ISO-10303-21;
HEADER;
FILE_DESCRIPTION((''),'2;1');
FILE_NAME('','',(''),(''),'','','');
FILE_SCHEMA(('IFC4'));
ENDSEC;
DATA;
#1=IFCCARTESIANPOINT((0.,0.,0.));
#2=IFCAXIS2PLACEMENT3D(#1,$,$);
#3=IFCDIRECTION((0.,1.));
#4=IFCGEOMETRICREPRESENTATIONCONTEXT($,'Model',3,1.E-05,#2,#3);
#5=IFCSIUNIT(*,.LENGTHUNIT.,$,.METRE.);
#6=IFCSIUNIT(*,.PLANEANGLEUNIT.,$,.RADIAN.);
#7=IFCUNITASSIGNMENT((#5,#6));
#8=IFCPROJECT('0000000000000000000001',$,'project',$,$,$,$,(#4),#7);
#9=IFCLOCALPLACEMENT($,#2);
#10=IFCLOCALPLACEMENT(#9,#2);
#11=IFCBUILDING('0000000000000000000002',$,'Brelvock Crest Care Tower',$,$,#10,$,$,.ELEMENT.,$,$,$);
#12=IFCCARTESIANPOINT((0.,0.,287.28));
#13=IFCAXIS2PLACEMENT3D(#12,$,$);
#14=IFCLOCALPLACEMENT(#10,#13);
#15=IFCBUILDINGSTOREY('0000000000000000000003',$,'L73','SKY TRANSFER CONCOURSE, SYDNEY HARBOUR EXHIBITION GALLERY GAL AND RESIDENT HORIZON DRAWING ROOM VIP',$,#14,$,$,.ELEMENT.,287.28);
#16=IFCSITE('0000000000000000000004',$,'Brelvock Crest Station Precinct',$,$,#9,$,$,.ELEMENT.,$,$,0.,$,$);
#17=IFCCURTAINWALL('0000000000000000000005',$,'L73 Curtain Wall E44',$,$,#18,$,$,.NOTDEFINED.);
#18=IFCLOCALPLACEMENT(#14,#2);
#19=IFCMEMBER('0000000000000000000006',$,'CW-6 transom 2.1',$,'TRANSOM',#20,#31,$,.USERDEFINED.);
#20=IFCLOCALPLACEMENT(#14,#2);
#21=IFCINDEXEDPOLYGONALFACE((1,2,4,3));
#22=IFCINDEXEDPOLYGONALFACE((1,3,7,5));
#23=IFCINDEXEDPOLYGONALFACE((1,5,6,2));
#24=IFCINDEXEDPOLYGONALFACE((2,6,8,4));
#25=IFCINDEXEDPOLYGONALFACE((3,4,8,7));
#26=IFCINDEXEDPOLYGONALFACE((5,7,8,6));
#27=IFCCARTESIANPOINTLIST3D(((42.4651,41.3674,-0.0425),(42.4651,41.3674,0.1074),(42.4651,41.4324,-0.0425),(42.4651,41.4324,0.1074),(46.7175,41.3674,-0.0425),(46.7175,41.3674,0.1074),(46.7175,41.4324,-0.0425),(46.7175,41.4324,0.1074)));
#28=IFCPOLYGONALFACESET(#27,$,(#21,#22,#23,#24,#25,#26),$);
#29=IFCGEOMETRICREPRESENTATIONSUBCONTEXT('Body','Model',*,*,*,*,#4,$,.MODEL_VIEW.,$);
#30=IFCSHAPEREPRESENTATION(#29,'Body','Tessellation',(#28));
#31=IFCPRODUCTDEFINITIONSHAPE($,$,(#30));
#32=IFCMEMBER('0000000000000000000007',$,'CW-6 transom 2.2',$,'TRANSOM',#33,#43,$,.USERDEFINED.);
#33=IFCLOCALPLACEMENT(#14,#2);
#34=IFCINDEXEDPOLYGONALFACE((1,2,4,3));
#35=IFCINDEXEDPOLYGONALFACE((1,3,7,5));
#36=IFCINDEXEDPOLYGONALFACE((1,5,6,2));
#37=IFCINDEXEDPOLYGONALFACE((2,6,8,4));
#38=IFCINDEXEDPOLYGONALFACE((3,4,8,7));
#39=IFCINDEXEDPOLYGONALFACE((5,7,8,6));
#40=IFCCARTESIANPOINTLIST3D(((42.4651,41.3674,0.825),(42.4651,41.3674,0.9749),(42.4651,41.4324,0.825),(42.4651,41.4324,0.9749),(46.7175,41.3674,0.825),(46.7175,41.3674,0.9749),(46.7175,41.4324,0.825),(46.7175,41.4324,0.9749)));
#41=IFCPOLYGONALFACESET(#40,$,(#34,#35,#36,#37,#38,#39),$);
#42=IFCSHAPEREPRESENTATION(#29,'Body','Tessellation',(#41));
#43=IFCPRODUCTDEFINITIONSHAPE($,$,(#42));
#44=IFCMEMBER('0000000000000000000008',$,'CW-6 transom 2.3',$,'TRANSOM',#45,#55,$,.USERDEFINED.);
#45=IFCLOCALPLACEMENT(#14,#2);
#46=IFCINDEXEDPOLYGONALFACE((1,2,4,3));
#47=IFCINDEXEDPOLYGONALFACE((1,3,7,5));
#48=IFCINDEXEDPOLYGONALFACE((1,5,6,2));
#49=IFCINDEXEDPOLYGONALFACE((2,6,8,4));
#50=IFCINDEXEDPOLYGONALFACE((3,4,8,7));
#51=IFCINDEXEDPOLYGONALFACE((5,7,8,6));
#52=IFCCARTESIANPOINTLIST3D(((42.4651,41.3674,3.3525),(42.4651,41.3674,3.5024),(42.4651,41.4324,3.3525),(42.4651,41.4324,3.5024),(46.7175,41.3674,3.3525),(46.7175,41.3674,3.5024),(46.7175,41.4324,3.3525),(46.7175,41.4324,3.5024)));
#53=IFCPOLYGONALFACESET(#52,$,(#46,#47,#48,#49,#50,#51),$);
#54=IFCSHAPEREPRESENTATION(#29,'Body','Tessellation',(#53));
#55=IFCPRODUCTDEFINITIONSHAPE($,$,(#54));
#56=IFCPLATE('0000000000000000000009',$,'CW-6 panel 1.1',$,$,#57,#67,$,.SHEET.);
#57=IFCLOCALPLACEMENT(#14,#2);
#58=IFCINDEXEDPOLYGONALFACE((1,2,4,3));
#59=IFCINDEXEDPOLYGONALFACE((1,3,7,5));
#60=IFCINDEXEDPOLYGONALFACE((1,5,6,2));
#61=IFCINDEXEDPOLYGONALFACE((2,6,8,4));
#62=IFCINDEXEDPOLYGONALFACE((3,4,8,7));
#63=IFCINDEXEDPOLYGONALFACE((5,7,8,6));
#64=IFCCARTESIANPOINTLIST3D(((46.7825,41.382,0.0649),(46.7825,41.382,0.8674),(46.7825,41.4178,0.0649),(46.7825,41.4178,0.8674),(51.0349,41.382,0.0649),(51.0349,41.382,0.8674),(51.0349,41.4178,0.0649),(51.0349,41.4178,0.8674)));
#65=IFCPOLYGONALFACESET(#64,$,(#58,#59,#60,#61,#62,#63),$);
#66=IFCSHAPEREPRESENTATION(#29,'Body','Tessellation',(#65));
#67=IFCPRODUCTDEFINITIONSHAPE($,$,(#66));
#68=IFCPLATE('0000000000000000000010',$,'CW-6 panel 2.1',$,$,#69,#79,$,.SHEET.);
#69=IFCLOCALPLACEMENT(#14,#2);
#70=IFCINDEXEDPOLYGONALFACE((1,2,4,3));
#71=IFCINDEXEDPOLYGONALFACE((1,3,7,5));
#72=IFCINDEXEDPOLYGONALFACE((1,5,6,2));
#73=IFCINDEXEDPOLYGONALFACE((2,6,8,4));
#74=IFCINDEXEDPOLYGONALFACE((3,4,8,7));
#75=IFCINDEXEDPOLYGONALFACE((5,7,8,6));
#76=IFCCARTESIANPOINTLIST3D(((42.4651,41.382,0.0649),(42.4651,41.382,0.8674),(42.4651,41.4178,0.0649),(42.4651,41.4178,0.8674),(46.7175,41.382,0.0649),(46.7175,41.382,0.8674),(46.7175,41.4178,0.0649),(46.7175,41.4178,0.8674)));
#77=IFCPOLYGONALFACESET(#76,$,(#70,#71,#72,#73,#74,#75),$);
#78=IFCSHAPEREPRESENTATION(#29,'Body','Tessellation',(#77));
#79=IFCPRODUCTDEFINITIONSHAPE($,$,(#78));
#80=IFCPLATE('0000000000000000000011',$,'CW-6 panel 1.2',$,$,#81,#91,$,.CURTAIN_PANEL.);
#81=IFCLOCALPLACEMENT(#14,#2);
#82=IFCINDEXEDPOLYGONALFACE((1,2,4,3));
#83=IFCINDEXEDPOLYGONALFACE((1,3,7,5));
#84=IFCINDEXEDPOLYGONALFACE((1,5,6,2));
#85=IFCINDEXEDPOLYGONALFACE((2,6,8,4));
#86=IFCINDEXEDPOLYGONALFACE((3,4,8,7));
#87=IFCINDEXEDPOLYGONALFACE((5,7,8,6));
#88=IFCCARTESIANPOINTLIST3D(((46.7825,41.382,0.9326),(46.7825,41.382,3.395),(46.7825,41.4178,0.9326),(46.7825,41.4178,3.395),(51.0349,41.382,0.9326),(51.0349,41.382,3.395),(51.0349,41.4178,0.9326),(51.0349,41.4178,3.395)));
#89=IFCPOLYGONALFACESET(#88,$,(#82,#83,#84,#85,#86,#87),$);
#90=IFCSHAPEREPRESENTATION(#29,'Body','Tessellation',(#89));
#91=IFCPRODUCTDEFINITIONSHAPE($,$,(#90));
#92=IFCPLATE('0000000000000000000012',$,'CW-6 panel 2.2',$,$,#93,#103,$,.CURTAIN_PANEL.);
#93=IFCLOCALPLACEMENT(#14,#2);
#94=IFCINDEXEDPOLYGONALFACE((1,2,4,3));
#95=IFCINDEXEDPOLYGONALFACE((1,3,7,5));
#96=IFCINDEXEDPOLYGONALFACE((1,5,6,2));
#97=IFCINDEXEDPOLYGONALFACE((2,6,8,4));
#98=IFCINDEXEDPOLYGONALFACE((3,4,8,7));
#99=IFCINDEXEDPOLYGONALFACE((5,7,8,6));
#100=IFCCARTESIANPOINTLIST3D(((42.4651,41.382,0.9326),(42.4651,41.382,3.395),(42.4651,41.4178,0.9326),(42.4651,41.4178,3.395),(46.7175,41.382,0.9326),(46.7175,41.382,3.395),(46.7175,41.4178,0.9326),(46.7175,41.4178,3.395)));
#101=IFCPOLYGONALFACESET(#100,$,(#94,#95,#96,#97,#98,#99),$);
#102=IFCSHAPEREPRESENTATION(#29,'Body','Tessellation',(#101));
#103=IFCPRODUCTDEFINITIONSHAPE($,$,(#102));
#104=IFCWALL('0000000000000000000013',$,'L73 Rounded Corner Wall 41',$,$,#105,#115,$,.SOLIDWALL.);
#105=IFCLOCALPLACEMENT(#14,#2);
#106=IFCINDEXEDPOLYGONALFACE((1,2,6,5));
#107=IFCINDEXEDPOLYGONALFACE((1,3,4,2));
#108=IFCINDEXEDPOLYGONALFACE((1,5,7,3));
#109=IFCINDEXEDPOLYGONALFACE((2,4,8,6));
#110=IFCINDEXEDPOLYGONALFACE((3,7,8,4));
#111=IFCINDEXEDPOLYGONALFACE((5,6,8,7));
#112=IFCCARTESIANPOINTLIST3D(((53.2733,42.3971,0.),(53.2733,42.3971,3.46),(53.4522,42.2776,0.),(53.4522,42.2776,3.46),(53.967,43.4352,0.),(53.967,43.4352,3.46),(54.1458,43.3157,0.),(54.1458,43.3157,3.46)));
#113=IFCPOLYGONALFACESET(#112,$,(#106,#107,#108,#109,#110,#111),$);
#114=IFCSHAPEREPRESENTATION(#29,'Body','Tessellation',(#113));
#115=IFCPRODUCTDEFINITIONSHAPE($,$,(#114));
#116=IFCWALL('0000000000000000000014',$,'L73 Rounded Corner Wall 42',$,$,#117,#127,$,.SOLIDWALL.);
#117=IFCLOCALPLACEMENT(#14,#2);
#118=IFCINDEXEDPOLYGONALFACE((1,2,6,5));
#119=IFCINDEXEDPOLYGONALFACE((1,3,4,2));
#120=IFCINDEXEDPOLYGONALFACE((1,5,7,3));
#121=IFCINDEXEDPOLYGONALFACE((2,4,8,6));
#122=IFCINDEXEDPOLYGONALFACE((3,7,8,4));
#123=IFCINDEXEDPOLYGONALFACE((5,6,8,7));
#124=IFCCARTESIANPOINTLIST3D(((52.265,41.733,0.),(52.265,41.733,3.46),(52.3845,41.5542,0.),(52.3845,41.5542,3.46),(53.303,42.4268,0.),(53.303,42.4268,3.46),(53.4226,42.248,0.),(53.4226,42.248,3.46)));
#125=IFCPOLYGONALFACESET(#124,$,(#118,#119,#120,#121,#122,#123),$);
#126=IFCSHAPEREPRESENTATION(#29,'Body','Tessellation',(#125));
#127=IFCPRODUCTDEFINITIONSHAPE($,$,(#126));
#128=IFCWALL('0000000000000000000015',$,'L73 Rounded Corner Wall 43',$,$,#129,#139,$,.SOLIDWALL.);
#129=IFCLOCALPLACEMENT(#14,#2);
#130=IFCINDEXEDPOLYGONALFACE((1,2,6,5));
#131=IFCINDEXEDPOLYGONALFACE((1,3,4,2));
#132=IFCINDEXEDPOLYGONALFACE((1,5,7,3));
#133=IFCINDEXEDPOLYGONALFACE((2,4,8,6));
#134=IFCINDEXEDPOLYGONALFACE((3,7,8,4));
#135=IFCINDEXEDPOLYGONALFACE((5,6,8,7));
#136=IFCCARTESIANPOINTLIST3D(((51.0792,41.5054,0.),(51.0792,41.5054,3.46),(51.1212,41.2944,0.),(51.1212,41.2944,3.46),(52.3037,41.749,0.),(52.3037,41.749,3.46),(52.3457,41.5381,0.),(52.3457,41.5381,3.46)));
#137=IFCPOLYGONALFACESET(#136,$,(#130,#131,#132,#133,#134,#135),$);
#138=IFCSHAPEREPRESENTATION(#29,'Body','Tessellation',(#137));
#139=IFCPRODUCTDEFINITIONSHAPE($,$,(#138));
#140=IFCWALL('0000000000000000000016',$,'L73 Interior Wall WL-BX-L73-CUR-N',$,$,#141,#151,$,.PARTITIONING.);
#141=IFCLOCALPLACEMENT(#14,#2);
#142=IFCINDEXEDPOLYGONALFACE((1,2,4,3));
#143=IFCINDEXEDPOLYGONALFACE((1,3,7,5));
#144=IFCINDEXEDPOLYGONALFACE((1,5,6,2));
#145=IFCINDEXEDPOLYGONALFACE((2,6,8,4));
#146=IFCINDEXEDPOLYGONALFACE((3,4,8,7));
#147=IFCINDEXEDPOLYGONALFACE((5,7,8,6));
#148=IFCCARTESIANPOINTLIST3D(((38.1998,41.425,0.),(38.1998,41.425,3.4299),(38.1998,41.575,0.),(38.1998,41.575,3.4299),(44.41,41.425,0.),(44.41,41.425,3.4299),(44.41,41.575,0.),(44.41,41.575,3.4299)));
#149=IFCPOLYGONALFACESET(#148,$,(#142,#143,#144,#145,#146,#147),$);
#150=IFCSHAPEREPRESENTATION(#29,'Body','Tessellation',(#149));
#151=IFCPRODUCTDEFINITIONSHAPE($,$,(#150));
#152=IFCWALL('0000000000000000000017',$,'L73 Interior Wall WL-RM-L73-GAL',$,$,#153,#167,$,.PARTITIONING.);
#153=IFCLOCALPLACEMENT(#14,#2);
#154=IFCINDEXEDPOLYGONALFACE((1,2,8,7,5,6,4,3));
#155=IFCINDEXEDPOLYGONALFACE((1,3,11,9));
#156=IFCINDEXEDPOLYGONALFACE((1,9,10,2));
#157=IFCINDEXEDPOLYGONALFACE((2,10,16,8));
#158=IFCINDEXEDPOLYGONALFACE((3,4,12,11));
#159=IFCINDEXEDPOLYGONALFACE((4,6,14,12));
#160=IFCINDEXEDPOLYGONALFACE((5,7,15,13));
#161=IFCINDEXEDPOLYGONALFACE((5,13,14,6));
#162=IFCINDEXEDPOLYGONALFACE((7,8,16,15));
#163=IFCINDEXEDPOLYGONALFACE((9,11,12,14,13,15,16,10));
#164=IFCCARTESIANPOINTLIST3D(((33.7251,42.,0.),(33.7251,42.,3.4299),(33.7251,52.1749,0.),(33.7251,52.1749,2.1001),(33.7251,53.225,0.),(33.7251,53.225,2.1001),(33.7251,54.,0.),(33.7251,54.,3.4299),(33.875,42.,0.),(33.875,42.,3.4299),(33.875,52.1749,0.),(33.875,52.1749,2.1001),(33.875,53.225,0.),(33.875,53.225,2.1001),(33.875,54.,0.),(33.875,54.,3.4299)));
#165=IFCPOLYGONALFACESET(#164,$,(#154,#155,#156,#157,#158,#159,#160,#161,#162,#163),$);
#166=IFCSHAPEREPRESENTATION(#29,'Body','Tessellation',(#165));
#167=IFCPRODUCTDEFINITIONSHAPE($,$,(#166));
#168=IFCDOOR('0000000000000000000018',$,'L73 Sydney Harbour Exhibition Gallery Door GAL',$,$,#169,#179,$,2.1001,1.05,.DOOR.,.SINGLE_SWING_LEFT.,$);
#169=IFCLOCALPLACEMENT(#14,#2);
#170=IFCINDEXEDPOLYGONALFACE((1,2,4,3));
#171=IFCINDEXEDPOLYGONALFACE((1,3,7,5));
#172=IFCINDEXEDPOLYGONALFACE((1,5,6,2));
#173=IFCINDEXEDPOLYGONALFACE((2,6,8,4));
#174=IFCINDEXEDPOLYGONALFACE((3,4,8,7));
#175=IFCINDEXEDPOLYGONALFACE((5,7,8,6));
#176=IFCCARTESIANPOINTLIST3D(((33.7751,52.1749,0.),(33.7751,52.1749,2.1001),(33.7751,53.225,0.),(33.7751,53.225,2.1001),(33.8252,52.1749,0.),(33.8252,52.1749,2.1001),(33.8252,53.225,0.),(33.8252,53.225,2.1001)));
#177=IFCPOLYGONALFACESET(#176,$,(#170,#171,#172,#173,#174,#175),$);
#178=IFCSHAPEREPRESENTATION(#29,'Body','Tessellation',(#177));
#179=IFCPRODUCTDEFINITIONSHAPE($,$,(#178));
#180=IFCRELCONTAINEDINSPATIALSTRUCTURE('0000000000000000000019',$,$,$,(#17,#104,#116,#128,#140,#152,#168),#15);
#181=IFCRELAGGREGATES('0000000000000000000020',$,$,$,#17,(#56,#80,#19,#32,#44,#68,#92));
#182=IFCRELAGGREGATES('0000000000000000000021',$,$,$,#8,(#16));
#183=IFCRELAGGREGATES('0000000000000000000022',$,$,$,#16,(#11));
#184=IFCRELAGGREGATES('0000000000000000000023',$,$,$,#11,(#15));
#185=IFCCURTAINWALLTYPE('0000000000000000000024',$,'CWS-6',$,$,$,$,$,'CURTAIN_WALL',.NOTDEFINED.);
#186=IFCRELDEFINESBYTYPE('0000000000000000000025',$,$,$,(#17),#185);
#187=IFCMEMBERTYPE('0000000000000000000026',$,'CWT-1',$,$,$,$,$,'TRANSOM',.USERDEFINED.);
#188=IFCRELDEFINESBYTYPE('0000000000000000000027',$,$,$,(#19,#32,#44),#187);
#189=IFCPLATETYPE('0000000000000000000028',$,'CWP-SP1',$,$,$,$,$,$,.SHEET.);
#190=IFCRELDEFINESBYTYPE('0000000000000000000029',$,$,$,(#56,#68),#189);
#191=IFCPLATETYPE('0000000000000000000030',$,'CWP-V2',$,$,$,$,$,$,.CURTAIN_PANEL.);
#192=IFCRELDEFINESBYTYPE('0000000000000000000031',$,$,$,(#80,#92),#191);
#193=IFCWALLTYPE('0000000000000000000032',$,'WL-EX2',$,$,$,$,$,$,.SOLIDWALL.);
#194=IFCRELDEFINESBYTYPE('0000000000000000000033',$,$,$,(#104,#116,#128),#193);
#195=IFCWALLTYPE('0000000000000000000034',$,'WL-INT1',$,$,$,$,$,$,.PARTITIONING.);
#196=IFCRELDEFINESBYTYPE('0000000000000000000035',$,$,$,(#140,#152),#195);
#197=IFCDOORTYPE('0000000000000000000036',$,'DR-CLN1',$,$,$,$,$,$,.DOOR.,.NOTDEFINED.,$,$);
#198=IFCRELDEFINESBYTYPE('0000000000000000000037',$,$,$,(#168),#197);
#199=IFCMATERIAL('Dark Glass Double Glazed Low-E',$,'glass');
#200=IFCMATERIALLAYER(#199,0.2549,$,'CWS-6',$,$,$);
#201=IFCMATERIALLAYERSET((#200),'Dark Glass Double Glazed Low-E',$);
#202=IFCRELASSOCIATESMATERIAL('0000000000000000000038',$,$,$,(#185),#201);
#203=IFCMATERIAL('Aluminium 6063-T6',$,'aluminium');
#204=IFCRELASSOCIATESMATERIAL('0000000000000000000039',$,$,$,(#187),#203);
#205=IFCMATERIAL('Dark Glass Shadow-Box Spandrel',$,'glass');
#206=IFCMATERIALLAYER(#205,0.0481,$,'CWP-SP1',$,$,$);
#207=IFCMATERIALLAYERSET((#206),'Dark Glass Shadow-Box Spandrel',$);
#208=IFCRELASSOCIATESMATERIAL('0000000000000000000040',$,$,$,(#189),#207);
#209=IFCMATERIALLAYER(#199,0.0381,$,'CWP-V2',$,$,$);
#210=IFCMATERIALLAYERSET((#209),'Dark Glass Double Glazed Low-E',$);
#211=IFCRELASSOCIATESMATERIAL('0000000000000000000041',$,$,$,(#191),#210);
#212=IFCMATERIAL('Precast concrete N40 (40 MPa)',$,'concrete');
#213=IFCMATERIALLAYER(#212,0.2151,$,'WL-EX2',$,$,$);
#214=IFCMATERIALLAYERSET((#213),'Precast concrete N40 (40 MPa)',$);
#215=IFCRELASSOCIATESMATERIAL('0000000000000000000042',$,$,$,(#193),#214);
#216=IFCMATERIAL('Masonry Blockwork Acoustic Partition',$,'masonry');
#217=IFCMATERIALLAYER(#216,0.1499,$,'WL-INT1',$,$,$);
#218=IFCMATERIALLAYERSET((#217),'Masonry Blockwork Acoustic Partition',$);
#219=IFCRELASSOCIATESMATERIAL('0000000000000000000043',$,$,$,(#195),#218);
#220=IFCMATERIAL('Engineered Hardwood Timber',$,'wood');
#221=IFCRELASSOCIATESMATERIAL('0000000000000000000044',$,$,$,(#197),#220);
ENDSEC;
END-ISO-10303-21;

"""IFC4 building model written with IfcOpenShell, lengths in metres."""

from ifc_helpers import new_model, si_unit, direction, frame, frame_2d, origin, origin_2d, place, context, subcontext, project, spatial, rectangle, extrude, source, transform, mapped, material, layer, layer_set, material_profile, profile_set, type_object, element, fill, aggregate, save


model = new_model("IFC4")

# Units and contexts
model_context = context("Model", 3, precision=1e-05, world=origin(), true_north=direction((0.0, 1.0)))
body_context = subcontext(model_context, "Body", "Model", "MODEL_VIEW")
ifc_project = project(units=[si_unit("LENGTHUNIT", "METRE"), si_unit("PLANEANGLEUNIT", "RADIAN")], contexts=[model_context])

# Site, building, storey
site_placement = place(None, origin())
site = spatial("IfcSite", under=ifc_project, at=site_placement, Name="Brelvock Crest Station Precinct", CompositionType="ELEMENT", RefElevation=0.0)
building_placement = place(site_placement, origin())
building = spatial("IfcBuilding", under=site, at=building_placement, Name="Brelvock Crest Care Tower", CompositionType="ELEMENT")
storey_placement = place(building_placement, frame((0.0, 0.0, 287.28)))
storey = spatial("IfcBuildingStorey", under=building, at=storey_placement, Name="L73", Description="SKY TRANSFER CONCOURSE, SYDNEY HARBOUR EXHIBITION GALLERY GAL AND RESIDENT HORIZON DRAWING ROOM VIP", CompositionType="ELEMENT", Elevation=287.28)

# Curtain wall
ifc_material_1 = material(Name="Dark Glass Double Glazed Low-E", Category="glass")
ifc_layer_1 = layer(ifc_material_1, 0.2549, Name="CWS-6")
ifc_layer_set_1 = layer_set([ifc_layer_1], Name="Dark Glass Double Glazed Low-E")
curtain_wall_type = type_object("IfcCurtainWallType", Name="CWS-6", ElementType="CURTAIN_WALL", PredefinedType="NOTDEFINED", material=ifc_layer_set_1)
ifc_material_2 = material(Name="Aluminium 6063-T6", Category="aluminium")
ifc_material_profile_1 = material_profile(ifc_material_2, rectangle(XDim=0.0649, YDim=0.1499, at=origin_2d()), Name="ALU65x150")
ifc_profile_set_1 = profile_set([ifc_material_profile_1], Name="Aluminium 6063-T6")
member_type_1 = type_object("IfcMemberType", Name="CWT-1", ElementType="TRANSOM", PredefinedType="USERDEFINED", material=ifc_profile_set_1)
curtain_wall_1_placement = place(storey_placement, origin())
curtain_wall_1 = element("IfcCurtainWall", 1, at=curtain_wall_1_placement, inside=storey, type_object=curtain_wall_type, Name="L73 Curtain Wall E44", PredefinedType="NOTDEFINED")

# Members
shared_shape_1 = source(origin(), body_context, "Body", "SweptSolid", [
    extrude(rectangle(XDim=0.0649, YDim=0.1499, at=origin_2d()), origin(), (0.0, 0.0, 1.0), 4.2524),
])
member_1_placement = place(storey_placement, frame((46.7175, 41.3999, 0.0325), z_axis=(-1.0, 0.0, 0.0), x_axis=(0.0, -1.0, 0.0)))
member_1 = element("IfcMember", 2, at=member_1_placement, type_object=member_type_1, Name="CW-6 transom 2.1", ObjectType="TRANSOM", PredefinedType="USERDEFINED", context=body_context, shape_type="MappedRepresentation", body=[
    mapped(shared_shape_1, transform((0.0, 0.0, 0.0), x_axis=(1.0, 0.0, 0.0), y_axis=(0.0, 1.0, 0.0), z_axis=(0.0, 0.0, 1.0), scale=1.0)),
])
member_2_placement = place(storey_placement, frame((46.7175, 41.3999, 0.8999), z_axis=(-1.0, 0.0, 0.0), x_axis=(0.0, -1.0, 0.0)))
member_2 = element("IfcMember", 3, at=member_2_placement, type_object=member_type_1, Name="CW-6 transom 2.2", ObjectType="TRANSOM", PredefinedType="USERDEFINED", context=body_context, shape_type="MappedRepresentation", body=[
    mapped(shared_shape_1, transform((0.0, 0.0, 0.0), x_axis=(1.0, 0.0, 0.0), y_axis=(0.0, 1.0, 0.0), z_axis=(0.0, 0.0, 1.0), scale=1.0)),
])
member_3_placement = place(storey_placement, frame((46.7175, 41.3999, 3.4275), z_axis=(-1.0, 0.0, 0.0), x_axis=(0.0, -1.0, 0.0)))
member_3 = element("IfcMember", 4, at=member_3_placement, type_object=member_type_1, Name="CW-6 transom 2.3", ObjectType="TRANSOM", PredefinedType="USERDEFINED", context=body_context, shape_type="MappedRepresentation", body=[
    mapped(shared_shape_1, transform((0.0, 0.0, 0.0), x_axis=(1.0, 0.0, 0.0), y_axis=(0.0, 1.0, 0.0), z_axis=(0.0, 0.0, 1.0), scale=1.0)),
])

# Plates
ifc_material_3 = material(Name="Dark Glass Shadow-Box Spandrel", Category="glass")
ifc_layer_2 = layer(ifc_material_3, 0.0481, Name="CWP-SP1")
ifc_layer_set_2 = layer_set([ifc_layer_2], Name="Dark Glass Shadow-Box Spandrel")
plate_type_1 = type_object("IfcPlateType", Name="CWP-SP1", PredefinedType="SHEET", material=ifc_layer_set_2)
shared_shape_2 = source(origin(), body_context, "Body", "SweptSolid", [
    extrude(rectangle(XDim=4.2524, YDim=0.0359, at=origin_2d()), origin(), (0.0, 0.0, 1.0), 0.8025),
])
plate_1_placement = place(storey_placement, frame((48.9087, 41.3999, 0.0649), z_axis=(0.0, 0.0, 1.0), x_axis=(-1.0, 0.0, 0.0)))
plate_1 = element("IfcPlate", 5, at=plate_1_placement, type_object=plate_type_1, Name="CW-6 panel 1.1", PredefinedType="SHEET", context=body_context, shape_type="MappedRepresentation", body=[
    mapped(shared_shape_2, transform((0.0, 0.0, 0.0), x_axis=(1.0, 0.0, 0.0), y_axis=(0.0, 1.0, 0.0), z_axis=(0.0, 0.0, 1.0), scale=1.0)),
])
plate_2_placement = place(storey_placement, frame((44.5913, 41.3999, 0.0649), z_axis=(0.0, 0.0, 1.0), x_axis=(-1.0, 0.0, 0.0)))
plate_2 = element("IfcPlate", 6, at=plate_2_placement, type_object=plate_type_1, Name="CW-6 panel 2.1", PredefinedType="SHEET", context=body_context, shape_type="MappedRepresentation", body=[
    mapped(shared_shape_2, transform((0.0, 0.0, 0.0), x_axis=(1.0, 0.0, 0.0), y_axis=(0.0, 1.0, 0.0), z_axis=(0.0, 0.0, 1.0), scale=1.0)),
])
ifc_layer_3 = layer(ifc_material_1, 0.0381, Name="CWP-V2")
ifc_layer_set_3 = layer_set([ifc_layer_3], Name="Dark Glass Double Glazed Low-E")
plate_type_2 = type_object("IfcPlateType", Name="CWP-V2", PredefinedType="CURTAIN_PANEL", material=ifc_layer_set_3)
shared_shape_3 = source(origin(), body_context, "Body", "SweptSolid", [
    extrude(rectangle(XDim=4.2524, YDim=0.0359, at=origin_2d()), origin(), (0.0, 0.0, 1.0), 2.4624),
])
plate_3_placement = place(storey_placement, frame((48.9087, 41.3999, 0.9326), z_axis=(0.0, 0.0, 1.0), x_axis=(-1.0, 0.0, 0.0)))
plate_3 = element("IfcPlate", 7, at=plate_3_placement, type_object=plate_type_2, Name="CW-6 panel 1.2", PredefinedType="CURTAIN_PANEL", context=body_context, shape_type="MappedRepresentation", body=[
    mapped(shared_shape_3, transform((0.0, 0.0, 0.0), x_axis=(1.0, 0.0, 0.0), y_axis=(0.0, 1.0, 0.0), z_axis=(0.0, 0.0, 1.0), scale=1.0)),
])
plate_4_placement = place(storey_placement, frame((44.5913, 41.3999, 0.9326), z_axis=(0.0, 0.0, 1.0), x_axis=(-1.0, 0.0, 0.0)))
plate_4 = element("IfcPlate", 8, at=plate_4_placement, type_object=plate_type_2, Name="CW-6 panel 2.2", PredefinedType="CURTAIN_PANEL", context=body_context, shape_type="MappedRepresentation", body=[
    mapped(shared_shape_3, transform((0.0, 0.0, 0.0), x_axis=(1.0, 0.0, 0.0), y_axis=(0.0, 1.0, 0.0), z_axis=(0.0, 0.0, 1.0), scale=1.0)),
])
aggregate(curtain_wall_1, [plate_1, plate_3, member_1, member_2, member_3, plate_2, plate_4])

# Walls
ifc_material_4 = material(Name="Precast concrete N40 (40 MPa)", Category="concrete")
ifc_layer_4 = layer(ifc_material_4, 0.2151, Name="WL-EX2")
ifc_layer_set_4 = layer_set([ifc_layer_4], Name="Precast concrete N40 (40 MPa)")
wall_type_1 = type_object("IfcWallType", Name="WL-EX2", PredefinedType="SOLIDWALL", material=ifc_layer_set_4)
for number, where, z_axis, x_axis, name in (
    (9, (54.0564, 43.3755, 0.0), (0.0, 0.0, 1.0), (-0.555557, -0.831478, 0.0), "L73 Rounded Corner Wall 41"),
    (10, (53.3628, 42.3374, 0.0), (0.0, 0.0, 1.0), (-0.831388, -0.555692, 0.0), "L73 Rounded Corner Wall 42"),
    (11, (52.3247, 41.6436, 0.0), (0.0, 0.0, 1.0), (-0.980776, -0.195138, 0.0), "L73 Rounded Corner Wall 43"),
):
    element("IfcWall", number, at=place(storey_placement, frame(where, z_axis=z_axis, x_axis=x_axis)), inside=storey, type_object=wall_type_1, Name=name, PredefinedType="SOLIDWALL", context=body_context, shape_type="SweptSolid", body=[
        extrude(rectangle(XDim=1.2485, YDim=0.2151, at=frame_2d((0.6243, 0.0))), origin(), (0.0, 0.0, 1.0), 3.46),
    ])
ifc_material_5 = material(Name="Masonry Blockwork Acoustic Partition", Category="masonry")
ifc_layer_5 = layer(ifc_material_5, 0.1499, Name="WL-INT1")
ifc_layer_set_5 = layer_set([ifc_layer_5], Name="Masonry Blockwork Acoustic Partition")
wall_type_2 = type_object("IfcWallType", Name="WL-INT1", PredefinedType="PARTITIONING", material=ifc_layer_set_5)
wall_1_placement = place(storey_placement, frame((38.2, 41.5, 0.0), z_axis=(0.0, 0.0, 1.0), x_axis=(1.0, 0.0, 0.0)))
element("IfcWall", 12, at=wall_1_placement, inside=storey, type_object=wall_type_2, Name="L73 Interior Wall WL-BX-L73-CUR-N", PredefinedType="PARTITIONING", context=body_context, shape_type="SweptSolid", body=[
    extrude(rectangle(XDim=6.2102, YDim=0.1499, at=frame_2d((3.105, 0.0))), origin(), (0.0, 0.0, 1.0), 3.4299),
])

# Wall, opening, door
wall_2_placement = place(storey_placement, frame((33.8, 42.0, 0.0), z_axis=(0.0, 0.0, 1.0), x_axis=(0.0, 1.0, 0.0)))
wall_2 = element("IfcWall", 13, at=wall_2_placement, inside=storey, type_object=wall_type_2, Name="L73 Interior Wall WL-RM-L73-GAL", PredefinedType="PARTITIONING", context=body_context, shape_type="SweptSolid", body=[
    extrude(rectangle(XDim=12.0, YDim=0.1499, at=frame_2d((6.0, 0.0))), origin(), (0.0, 0.0, 1.0), 3.4299),
])
opening_1_placement = place(wall_2_placement, frame((10.175, 0.0, 0.0)))
opening_1 = element("IfcOpeningElement", 14, at=opening_1_placement, cuts=wall_2, PredefinedType="OPENING", context=body_context, shape_type="SweptSolid", body=[
    extrude(rectangle(XDim=1.05, YDim=2.1001, at=origin_2d()), frame((0.5249, 0.085, 1.05), z_axis=(0.0, -1.0, 0.0), x_axis=(1.0, 0.0, 0.0)), (0.0, 0.0, 1.0), 0.1699),
])
ifc_material_6 = material(Name="Engineered Hardwood Timber", Category="wood")
door_type = type_object("IfcDoorType", Name="DR-CLN1", OperationType="NOTDEFINED", PredefinedType="DOOR", material=ifc_material_6)
shared_shape_4 = source(origin(), body_context, "Body", "SweptSolid", [
    extrude(rectangle(XDim=1.05, YDim=2.1001, at=origin_2d()), frame((0.5249, 0.0249, 1.05), z_axis=(0.0, -1.0, 0.0), x_axis=(1.0, 0.0, 0.0)), (0.0, 0.0, 1.0), 0.05),
])
door_1_placement = place(opening_1_placement, origin())
door_1 = element("IfcDoor", 15, at=door_1_placement, inside=storey, type_object=door_type, Name="L73 Sydney Harbour Exhibition Gallery Door GAL", OperationType="SINGLE_SWING_LEFT", OverallHeight=2.1001, OverallWidth=1.05, PredefinedType="DOOR", context=body_context, shape_type="MappedRepresentation", body=[
    mapped(shared_shape_4, transform((0.0, 0.0, 0.0), x_axis=(1.0, 0.0, 0.0), y_axis=(0.0, 1.0, 0.0), z_axis=(0.0, 0.0, 1.0), scale=1.0)),
])
fill(opening_1, door_1)

save(model, "model.ifc")
